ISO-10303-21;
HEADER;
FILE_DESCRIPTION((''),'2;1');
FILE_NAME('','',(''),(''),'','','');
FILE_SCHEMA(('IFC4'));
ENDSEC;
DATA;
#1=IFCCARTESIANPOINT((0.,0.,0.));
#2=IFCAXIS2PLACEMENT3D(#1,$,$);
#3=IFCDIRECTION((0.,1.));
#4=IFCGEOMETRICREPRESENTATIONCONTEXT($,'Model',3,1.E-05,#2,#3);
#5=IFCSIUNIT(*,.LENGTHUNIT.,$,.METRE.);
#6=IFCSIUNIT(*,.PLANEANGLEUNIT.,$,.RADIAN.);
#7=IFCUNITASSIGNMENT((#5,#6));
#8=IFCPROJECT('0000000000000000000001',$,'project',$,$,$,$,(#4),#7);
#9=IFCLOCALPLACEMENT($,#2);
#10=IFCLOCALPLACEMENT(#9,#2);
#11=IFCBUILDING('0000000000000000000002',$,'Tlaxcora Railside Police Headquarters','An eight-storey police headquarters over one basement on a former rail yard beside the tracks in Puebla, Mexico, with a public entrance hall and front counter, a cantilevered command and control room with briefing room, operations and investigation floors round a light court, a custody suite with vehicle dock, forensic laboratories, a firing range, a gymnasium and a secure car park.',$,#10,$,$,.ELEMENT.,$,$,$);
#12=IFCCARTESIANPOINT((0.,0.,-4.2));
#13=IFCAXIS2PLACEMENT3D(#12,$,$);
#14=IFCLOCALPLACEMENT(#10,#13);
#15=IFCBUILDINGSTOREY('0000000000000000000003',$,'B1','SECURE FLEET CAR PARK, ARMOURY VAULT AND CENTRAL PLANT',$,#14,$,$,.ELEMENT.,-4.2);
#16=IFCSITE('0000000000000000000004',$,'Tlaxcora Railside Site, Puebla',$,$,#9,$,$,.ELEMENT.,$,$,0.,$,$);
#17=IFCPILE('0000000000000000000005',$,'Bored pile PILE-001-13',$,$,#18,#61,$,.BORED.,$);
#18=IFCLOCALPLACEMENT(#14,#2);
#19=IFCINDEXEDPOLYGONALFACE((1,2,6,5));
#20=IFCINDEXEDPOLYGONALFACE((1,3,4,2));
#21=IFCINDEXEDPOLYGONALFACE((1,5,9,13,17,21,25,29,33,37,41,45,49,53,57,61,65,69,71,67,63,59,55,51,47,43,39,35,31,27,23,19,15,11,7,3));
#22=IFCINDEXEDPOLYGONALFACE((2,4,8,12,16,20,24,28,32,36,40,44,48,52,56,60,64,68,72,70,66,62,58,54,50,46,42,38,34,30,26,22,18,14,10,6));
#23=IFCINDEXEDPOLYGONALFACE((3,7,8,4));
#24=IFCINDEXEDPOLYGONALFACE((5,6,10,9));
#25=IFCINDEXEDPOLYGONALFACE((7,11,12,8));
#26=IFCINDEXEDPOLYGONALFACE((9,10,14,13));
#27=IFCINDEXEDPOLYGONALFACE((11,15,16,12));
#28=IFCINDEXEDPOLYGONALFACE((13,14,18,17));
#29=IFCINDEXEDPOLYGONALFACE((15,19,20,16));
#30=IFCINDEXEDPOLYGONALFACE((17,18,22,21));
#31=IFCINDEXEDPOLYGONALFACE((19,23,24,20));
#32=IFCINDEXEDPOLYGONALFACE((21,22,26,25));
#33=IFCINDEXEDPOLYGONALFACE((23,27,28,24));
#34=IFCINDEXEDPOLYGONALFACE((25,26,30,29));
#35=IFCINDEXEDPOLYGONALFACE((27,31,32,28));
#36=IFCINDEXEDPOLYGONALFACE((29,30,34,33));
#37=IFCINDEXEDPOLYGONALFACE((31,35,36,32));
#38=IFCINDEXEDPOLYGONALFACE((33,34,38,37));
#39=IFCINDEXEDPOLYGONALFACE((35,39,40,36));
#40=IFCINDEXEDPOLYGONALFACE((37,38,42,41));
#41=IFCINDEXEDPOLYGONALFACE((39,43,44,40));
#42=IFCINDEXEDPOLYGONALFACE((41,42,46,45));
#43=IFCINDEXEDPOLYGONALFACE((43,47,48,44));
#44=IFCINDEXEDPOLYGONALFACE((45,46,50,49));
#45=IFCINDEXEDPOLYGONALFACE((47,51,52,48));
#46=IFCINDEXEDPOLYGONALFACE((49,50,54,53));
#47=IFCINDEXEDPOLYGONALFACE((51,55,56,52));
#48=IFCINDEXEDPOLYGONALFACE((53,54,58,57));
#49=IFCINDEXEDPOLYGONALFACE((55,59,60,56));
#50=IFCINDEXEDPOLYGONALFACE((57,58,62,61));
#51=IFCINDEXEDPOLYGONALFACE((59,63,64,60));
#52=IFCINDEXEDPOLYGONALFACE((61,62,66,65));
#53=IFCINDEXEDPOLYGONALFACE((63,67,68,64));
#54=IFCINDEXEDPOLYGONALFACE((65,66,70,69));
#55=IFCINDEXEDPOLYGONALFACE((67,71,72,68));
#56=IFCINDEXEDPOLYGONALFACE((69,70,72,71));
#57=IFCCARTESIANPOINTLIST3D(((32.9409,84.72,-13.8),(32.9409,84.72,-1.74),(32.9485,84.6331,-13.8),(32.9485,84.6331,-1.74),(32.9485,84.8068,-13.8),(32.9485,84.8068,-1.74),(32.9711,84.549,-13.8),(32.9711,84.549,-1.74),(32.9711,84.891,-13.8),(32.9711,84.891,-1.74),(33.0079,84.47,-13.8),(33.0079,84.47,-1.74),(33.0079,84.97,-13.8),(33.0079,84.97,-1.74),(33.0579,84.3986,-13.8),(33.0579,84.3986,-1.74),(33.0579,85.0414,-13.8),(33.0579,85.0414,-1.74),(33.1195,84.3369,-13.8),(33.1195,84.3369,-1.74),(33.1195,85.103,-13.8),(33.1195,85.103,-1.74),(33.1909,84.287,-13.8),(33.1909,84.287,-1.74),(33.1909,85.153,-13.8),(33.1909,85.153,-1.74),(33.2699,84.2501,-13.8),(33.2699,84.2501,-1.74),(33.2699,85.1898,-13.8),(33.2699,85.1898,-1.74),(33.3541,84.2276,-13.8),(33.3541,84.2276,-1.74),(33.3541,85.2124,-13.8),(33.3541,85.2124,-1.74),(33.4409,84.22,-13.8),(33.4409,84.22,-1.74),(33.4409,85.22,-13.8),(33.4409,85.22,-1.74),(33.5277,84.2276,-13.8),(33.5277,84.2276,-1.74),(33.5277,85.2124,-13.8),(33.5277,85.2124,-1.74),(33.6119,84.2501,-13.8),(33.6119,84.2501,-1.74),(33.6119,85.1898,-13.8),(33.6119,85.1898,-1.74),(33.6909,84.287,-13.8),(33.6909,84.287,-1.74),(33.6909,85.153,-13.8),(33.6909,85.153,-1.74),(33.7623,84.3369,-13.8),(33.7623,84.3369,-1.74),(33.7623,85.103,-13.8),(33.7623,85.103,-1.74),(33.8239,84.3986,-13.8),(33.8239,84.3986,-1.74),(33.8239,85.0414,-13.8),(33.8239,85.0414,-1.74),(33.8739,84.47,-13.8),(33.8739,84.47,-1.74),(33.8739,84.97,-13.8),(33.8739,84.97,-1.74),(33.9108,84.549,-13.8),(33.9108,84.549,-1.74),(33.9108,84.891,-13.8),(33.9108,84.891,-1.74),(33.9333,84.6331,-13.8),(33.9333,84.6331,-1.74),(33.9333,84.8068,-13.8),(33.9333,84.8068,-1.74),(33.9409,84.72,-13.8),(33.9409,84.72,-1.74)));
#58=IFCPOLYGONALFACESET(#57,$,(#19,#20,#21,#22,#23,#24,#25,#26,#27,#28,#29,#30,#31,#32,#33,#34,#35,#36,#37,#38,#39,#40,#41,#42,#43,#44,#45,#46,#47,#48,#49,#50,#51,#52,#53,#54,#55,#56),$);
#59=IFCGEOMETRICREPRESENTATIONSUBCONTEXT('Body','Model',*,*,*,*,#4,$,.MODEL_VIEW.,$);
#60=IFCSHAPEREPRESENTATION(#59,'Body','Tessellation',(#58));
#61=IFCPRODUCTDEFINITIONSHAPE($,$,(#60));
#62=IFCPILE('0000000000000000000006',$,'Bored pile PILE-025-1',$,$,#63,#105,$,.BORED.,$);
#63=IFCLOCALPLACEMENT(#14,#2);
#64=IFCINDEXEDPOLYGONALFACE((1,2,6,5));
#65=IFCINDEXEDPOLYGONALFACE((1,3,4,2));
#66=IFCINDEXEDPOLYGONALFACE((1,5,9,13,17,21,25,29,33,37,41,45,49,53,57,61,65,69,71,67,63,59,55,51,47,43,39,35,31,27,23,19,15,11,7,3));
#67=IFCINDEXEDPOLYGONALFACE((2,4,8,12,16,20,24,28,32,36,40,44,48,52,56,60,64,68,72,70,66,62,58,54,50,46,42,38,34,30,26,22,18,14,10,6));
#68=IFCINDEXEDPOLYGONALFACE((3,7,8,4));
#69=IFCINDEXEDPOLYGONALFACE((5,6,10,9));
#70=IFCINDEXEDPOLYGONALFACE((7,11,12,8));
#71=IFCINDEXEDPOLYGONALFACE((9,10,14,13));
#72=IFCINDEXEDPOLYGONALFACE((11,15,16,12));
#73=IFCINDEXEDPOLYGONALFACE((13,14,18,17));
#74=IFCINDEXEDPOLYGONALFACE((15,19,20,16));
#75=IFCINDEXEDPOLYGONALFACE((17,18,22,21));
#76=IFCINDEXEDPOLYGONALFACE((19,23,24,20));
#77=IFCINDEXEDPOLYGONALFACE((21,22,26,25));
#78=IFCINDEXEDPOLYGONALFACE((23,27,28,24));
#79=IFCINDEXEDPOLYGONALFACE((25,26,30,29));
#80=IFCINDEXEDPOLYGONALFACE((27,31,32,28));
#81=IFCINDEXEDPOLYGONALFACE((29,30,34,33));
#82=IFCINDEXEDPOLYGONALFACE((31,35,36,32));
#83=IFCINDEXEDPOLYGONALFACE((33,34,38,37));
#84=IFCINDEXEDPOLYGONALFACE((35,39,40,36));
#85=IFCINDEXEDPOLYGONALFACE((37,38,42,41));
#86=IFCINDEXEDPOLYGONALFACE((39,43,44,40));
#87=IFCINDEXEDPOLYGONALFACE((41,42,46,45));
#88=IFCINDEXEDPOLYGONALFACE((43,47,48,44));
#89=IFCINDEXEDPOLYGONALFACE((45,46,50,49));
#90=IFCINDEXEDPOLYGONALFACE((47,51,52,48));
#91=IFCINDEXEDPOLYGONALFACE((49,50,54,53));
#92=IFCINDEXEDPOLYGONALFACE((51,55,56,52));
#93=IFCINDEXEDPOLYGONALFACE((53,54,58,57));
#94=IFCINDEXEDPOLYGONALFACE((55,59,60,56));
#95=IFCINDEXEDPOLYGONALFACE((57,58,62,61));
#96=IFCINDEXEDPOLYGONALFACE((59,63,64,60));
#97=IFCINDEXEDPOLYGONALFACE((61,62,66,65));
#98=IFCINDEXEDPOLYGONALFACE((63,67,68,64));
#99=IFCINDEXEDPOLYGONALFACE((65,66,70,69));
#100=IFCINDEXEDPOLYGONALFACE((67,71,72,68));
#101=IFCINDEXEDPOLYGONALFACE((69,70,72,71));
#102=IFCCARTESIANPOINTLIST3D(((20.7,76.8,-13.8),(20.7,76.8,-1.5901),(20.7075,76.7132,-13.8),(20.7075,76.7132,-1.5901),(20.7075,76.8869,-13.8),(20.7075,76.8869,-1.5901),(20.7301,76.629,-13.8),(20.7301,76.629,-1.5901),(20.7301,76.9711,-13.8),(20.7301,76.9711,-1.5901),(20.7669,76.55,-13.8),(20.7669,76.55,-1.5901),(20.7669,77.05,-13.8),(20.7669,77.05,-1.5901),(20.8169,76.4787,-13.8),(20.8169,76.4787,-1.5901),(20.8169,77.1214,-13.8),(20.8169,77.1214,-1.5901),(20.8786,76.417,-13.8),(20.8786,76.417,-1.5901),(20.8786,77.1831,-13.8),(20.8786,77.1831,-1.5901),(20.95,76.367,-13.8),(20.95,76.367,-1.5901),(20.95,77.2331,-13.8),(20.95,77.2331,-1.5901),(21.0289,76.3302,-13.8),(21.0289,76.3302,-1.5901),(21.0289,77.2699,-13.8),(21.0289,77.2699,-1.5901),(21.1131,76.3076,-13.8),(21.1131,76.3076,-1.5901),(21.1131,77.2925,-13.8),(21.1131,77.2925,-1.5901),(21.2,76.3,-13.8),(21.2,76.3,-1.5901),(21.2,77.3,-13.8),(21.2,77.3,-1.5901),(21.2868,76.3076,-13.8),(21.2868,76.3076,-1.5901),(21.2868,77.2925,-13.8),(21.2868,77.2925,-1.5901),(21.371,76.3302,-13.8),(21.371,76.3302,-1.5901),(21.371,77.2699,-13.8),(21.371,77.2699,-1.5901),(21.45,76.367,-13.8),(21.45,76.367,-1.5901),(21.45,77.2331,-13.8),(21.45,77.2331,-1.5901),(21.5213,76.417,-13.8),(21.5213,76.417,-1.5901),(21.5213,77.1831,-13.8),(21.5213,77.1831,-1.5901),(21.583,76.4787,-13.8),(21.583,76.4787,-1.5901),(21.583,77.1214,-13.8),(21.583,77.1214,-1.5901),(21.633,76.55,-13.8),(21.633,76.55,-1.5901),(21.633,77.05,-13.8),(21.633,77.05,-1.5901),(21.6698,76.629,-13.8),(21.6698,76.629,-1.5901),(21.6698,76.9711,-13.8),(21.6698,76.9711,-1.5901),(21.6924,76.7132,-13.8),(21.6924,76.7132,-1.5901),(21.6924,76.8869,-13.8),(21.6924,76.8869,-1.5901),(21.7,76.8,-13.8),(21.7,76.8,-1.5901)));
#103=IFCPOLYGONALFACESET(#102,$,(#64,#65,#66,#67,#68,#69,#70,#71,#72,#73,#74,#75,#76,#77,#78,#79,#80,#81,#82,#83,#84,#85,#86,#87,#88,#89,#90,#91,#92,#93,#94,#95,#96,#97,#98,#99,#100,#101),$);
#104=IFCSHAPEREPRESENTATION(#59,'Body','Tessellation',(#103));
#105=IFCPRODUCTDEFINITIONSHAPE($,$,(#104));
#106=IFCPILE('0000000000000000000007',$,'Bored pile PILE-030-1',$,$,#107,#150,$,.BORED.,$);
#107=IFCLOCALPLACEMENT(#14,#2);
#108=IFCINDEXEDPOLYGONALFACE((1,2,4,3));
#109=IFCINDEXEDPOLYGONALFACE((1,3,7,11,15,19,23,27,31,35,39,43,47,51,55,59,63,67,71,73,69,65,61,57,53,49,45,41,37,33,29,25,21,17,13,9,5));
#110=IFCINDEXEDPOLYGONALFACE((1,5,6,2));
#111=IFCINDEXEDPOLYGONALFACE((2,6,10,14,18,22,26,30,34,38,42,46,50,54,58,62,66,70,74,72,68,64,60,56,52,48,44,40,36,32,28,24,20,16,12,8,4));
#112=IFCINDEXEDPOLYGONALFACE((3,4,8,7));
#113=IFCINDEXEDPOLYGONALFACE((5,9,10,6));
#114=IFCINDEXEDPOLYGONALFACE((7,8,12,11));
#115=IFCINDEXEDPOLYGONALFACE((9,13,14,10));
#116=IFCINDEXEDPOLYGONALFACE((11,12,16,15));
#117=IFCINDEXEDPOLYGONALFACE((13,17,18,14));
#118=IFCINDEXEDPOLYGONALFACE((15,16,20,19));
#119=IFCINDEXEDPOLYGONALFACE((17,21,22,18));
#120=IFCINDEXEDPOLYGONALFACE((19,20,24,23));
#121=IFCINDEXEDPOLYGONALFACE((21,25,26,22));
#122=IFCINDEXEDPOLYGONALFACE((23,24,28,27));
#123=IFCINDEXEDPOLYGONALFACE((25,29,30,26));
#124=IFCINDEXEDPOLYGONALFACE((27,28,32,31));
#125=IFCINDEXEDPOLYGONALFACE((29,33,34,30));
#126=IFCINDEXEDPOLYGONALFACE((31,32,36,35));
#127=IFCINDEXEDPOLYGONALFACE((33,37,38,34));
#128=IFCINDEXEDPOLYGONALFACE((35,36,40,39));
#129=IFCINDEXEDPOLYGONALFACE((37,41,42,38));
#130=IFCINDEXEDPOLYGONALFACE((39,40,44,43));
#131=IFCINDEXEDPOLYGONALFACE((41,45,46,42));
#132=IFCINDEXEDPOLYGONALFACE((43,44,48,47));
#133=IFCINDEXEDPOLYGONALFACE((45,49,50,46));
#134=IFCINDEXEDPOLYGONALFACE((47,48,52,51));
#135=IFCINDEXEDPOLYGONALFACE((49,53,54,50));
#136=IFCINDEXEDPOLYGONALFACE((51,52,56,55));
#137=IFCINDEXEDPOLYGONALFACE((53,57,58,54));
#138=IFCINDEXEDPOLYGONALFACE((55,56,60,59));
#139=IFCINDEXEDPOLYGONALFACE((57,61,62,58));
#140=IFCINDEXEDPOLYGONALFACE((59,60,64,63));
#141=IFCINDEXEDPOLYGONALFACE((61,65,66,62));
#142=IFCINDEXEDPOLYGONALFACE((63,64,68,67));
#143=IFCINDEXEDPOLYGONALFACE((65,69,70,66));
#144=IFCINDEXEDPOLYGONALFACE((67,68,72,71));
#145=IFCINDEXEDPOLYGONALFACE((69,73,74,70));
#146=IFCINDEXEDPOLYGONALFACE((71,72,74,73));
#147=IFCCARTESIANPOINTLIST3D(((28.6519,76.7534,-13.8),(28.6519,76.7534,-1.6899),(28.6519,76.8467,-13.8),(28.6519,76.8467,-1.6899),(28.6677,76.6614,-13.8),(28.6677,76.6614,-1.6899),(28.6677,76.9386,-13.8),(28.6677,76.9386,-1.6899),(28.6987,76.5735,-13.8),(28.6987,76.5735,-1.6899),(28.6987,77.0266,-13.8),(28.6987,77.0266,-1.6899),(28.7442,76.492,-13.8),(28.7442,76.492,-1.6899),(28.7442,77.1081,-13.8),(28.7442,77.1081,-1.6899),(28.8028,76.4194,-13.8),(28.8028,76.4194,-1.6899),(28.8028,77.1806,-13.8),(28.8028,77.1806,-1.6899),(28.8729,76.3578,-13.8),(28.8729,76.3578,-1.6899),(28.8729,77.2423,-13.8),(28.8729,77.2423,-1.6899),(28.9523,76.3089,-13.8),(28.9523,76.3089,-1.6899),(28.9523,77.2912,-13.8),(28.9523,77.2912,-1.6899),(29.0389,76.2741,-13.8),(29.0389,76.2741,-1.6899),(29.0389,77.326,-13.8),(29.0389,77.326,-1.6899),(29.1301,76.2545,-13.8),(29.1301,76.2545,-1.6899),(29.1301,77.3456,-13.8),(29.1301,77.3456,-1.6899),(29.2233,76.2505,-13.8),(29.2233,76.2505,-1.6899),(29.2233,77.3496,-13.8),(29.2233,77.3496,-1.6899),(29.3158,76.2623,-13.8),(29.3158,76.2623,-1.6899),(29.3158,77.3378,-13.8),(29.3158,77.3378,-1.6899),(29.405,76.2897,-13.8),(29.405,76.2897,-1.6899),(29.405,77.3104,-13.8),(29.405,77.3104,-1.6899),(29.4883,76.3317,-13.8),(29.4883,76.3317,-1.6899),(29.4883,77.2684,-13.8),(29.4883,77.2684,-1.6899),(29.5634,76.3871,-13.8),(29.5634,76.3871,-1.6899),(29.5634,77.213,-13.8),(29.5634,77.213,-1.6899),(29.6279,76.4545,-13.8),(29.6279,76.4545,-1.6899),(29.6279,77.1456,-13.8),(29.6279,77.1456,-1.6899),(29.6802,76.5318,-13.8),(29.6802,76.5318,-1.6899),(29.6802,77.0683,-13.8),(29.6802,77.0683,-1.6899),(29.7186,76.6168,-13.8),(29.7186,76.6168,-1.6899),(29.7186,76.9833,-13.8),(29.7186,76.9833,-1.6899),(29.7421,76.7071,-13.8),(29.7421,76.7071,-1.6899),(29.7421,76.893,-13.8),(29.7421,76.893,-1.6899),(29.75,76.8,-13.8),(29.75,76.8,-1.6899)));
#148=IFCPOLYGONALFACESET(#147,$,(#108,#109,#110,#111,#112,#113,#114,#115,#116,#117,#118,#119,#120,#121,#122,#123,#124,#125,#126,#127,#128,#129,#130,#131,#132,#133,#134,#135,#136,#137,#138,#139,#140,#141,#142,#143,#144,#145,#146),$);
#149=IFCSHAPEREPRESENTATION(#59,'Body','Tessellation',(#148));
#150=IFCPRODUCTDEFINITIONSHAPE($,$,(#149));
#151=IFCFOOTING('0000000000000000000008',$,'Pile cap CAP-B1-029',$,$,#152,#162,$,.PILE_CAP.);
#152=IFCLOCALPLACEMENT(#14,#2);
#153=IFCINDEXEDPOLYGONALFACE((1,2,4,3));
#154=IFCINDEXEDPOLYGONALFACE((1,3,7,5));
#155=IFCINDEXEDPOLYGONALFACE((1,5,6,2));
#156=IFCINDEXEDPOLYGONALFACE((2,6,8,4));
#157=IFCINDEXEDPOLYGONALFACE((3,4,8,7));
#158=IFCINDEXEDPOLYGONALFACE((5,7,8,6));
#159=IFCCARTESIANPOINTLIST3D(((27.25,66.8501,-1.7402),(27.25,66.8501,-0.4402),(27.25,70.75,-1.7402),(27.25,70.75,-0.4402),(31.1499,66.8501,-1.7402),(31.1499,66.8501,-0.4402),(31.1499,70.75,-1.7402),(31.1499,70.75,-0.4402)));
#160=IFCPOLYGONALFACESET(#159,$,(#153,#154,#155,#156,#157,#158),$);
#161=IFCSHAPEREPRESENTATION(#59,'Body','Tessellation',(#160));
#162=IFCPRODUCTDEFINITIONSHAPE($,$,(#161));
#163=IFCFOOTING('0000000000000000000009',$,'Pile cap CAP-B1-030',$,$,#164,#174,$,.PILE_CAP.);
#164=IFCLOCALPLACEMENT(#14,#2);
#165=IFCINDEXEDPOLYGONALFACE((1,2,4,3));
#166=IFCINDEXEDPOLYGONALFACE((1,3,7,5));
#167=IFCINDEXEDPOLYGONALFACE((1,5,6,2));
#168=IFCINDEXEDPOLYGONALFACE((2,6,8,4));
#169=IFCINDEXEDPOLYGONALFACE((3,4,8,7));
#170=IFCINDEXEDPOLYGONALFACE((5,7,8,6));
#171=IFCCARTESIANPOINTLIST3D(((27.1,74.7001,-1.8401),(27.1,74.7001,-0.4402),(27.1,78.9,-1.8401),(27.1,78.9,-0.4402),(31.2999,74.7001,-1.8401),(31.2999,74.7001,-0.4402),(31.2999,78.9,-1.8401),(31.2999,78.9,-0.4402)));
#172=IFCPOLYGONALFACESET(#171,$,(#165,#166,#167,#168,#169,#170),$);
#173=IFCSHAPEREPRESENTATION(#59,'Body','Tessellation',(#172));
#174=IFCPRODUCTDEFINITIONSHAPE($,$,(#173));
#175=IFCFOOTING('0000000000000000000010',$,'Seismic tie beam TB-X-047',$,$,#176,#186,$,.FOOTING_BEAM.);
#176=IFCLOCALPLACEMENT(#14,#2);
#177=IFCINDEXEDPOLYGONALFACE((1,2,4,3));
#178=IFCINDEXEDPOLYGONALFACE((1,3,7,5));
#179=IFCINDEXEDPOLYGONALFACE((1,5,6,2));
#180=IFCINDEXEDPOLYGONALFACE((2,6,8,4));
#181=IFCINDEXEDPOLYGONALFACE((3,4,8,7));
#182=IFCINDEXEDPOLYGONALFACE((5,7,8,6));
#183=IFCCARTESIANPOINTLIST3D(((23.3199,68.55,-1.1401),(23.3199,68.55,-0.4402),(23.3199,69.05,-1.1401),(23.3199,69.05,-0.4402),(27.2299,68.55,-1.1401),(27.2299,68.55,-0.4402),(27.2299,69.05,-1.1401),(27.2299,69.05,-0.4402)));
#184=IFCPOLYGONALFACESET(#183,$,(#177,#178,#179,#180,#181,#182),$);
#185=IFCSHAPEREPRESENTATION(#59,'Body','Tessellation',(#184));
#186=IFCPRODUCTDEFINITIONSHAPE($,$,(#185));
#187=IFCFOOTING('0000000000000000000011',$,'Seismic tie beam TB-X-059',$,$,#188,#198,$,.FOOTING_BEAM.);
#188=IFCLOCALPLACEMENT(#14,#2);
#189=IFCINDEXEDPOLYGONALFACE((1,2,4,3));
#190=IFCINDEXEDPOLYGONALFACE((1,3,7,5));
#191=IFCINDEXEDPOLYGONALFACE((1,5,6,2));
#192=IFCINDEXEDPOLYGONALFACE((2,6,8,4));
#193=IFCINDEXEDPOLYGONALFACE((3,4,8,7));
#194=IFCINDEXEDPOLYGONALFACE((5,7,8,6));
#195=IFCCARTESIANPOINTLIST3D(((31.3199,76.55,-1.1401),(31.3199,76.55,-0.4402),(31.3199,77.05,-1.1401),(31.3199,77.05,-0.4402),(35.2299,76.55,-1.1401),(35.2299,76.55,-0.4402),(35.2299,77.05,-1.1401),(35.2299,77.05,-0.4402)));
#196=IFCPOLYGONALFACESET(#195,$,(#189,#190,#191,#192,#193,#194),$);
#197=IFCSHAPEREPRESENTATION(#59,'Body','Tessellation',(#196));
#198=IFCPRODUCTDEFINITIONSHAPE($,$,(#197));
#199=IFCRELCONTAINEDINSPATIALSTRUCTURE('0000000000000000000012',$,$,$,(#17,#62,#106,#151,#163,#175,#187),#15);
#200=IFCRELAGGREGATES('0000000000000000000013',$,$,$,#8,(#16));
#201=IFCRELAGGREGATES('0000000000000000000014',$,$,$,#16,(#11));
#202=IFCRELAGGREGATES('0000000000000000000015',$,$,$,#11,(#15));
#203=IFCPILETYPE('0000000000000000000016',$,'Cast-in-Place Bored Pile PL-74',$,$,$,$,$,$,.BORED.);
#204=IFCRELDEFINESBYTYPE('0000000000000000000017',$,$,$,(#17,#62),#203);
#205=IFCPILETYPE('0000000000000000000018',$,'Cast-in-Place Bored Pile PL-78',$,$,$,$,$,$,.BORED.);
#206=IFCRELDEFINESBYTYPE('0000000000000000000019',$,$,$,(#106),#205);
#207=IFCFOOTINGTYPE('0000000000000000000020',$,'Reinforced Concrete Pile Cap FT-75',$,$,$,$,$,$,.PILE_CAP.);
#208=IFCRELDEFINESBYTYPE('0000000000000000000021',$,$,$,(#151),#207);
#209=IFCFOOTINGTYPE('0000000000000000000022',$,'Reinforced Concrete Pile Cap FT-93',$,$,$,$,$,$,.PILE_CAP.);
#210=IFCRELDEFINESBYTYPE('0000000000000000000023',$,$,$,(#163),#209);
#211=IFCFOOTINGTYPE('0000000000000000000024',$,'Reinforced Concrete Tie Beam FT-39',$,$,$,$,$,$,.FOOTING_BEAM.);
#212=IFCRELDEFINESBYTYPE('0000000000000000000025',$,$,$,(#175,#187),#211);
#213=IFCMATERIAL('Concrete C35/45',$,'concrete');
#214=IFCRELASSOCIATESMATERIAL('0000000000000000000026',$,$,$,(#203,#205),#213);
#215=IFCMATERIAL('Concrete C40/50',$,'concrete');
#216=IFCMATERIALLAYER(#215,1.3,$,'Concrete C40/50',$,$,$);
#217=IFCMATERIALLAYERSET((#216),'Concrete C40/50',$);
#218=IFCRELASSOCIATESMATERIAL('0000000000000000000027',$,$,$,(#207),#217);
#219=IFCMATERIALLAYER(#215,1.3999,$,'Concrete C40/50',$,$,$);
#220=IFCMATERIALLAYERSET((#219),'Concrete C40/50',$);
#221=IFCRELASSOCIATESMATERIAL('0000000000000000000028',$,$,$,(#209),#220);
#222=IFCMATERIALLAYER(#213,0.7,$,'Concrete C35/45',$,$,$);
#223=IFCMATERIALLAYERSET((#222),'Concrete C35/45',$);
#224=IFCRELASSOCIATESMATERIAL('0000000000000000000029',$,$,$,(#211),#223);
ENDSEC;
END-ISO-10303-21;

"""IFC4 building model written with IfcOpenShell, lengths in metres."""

from ifc_helpers import new_model, si_unit, direction, frame, origin, origin_2d, place, context, subcontext, project, spatial, rectangle, circle, extrude, material, layer, layer_set, material_profile, profile_set, type_object, element, save


model = new_model("IFC4")

# Units and contexts
model_context = context("Model", 3, precision=1e-05, world=origin(), true_north=direction((0.0, 1.0)))
body_context = subcontext(model_context, "Body", "Model", "MODEL_VIEW")
ifc_project = project(units=[si_unit("LENGTHUNIT", "METRE"), si_unit("PLANEANGLEUNIT", "RADIAN")], contexts=[model_context])

# Site, building, storey
site_placement = place(None, origin())
site = spatial("IfcSite", under=ifc_project, at=site_placement, Name="Tlaxcora Railside Site, Puebla", CompositionType="ELEMENT", RefElevation=0.0)
building_placement = place(site_placement, origin())
building = spatial("IfcBuilding", under=site, at=building_placement, Name="Tlaxcora Railside Police Headquarters", Description="An eight-storey police headquarters over one basement on a former rail yard beside the tracks in Puebla, Mexico, with a public entrance hall and front counter, a cantilevered command and control room with briefing room, operations and investigation floors round a light court, a custody suite with vehicle dock, forensic laboratories, a firing range, a gymnasium and a secure car park.", CompositionType="ELEMENT")
storey_placement = place(building_placement, frame((0.0, 0.0, -4.2)))
storey = spatial("IfcBuildingStorey", under=building, at=storey_placement, Name="B1", Description="SECURE FLEET CAR PARK, ARMOURY VAULT AND CENTRAL PLANT", CompositionType="ELEMENT", Elevation=-4.2)

# Piles
ifc_material_1 = material(Name="Concrete C35/45", Category="concrete")
ifc_material_profile_1 = material_profile(ifc_material_1, circle(Radius=0.5, at=origin_2d()), Name="PILE1000")
ifc_profile_set_1 = profile_set([ifc_material_profile_1], Name="Concrete C35/45")
pile_type_1 = type_object("IfcPileType", Name="Cast-in-Place Bored Pile PL-74", PredefinedType="BORED", material=ifc_profile_set_1)
for number, where, z_axis, x_axis, name in (
    (1, (33.4409, 84.72, -1.74), (0.0, 0.0, -1.0), (1.0, 0.0, 0.0), "Bored pile PILE-001-13"),
):
    element("IfcPile", number, at=place(storey_placement, frame(where, z_axis=z_axis, x_axis=x_axis)), inside=storey, type_object=pile_type_1, Name=name, PredefinedType="BORED", context=body_context, shape_type="SweptSolid", body=[
        extrude(circle(Radius=0.5, at=origin_2d()), origin(), (0.0, 0.0, 1.0), 12.0601),
    ])
pile_1_placement = place(storey_placement, frame((21.2, 76.8, -1.5901), z_axis=(0.0, 0.0, -1.0), x_axis=(1.0, 0.0, 0.0)))
element("IfcPile", 2, at=pile_1_placement, inside=storey, type_object=pile_type_1, Name="Bored pile PILE-025-1", PredefinedType="BORED", context=body_context, shape_type="SweptSolid", body=[
    extrude(circle(Radius=0.5, at=origin_2d()), origin(), (0.0, 0.0, 1.0), 12.21),
])
ifc_material_profile_2 = material_profile(ifc_material_1, circle(Radius=0.55, at=origin_2d()), Name="PILE1100")
ifc_profile_set_2 = profile_set([ifc_material_profile_2], Name="Concrete C35/45")
pile_type_2 = type_object("IfcPileType", Name="Cast-in-Place Bored Pile PL-78", PredefinedType="BORED", material=ifc_profile_set_2)
pile_2_placement = place(storey_placement, frame((29.2, 76.8, -1.6899), z_axis=(0.0, 0.0, -1.0), x_axis=(1.0, 0.0, 0.0)))
element("IfcPile", 3, at=pile_2_placement, inside=storey, type_object=pile_type_2, Name="Bored pile PILE-030-1", PredefinedType="BORED", context=body_context, shape_type="SweptSolid", body=[
    extrude(circle(Radius=0.55, at=origin_2d()), origin(), (0.0, 0.0, 1.0), 12.1101),
])

# Footings
ifc_material_2 = material(Name="Concrete C40/50", Category="concrete")
ifc_layer_1 = layer(ifc_material_2, 1.3, Name="Concrete C40/50")
ifc_layer_set_1 = layer_set([ifc_layer_1], Name="Concrete C40/50")
footing_type_1 = type_object("IfcFootingType", Name="Reinforced Concrete Pile Cap FT-75", PredefinedType="PILE_CAP", material=ifc_layer_set_1)
footing_1_placement = place(storey_placement, frame((29.2, 68.8, -1.7402), z_axis=(0.0, 0.0, 1.0), x_axis=(1.0, 0.0, 0.0)))
element("IfcFooting", 4, at=footing_1_placement, inside=storey, type_object=footing_type_1, Name="Pile cap CAP-B1-029", PredefinedType="PILE_CAP", context=body_context, shape_type="SweptSolid", body=[
    extrude(rectangle(XDim=3.8999, YDim=3.8999, at=origin_2d()), origin(), (0.0, 0.0, 1.0), 1.3),
])
ifc_layer_2 = layer(ifc_material_2, 1.3999, Name="Concrete C40/50")
ifc_layer_set_2 = layer_set([ifc_layer_2], Name="Concrete C40/50")
footing_type_2 = type_object("IfcFootingType", Name="Reinforced Concrete Pile Cap FT-93", PredefinedType="PILE_CAP", material=ifc_layer_set_2)
footing_2_placement = place(storey_placement, frame((29.2, 76.8, -1.8401), z_axis=(0.0, 0.0, 1.0), x_axis=(1.0, 0.0, 0.0)))
element("IfcFooting", 5, at=footing_2_placement, inside=storey, type_object=footing_type_2, Name="Pile cap CAP-B1-030", PredefinedType="PILE_CAP", context=body_context, shape_type="SweptSolid", body=[
    extrude(rectangle(XDim=4.2, YDim=4.2, at=origin_2d()), origin(), (0.0, 0.0, 1.0), 1.3999),
])
ifc_layer_3 = layer(ifc_material_1, 0.7, Name="Concrete C35/45")
ifc_layer_set_3 = layer_set([ifc_layer_3], Name="Concrete C35/45")
footing_type_3 = type_object("IfcFootingType", Name="Reinforced Concrete Tie Beam FT-39", PredefinedType="FOOTING_BEAM", material=ifc_layer_set_3)
for number, where, z_axis, x_axis, name in (
    (6, (25.2749, 68.8, -1.1401), (0.0, 0.0, 1.0), (1.0, 0.0, 0.0), "Seismic tie beam TB-X-047"),
    (7, (33.2749, 76.8, -1.1401), (0.0, 0.0, 1.0), (1.0, 0.0, 0.0), "Seismic tie beam TB-X-059"),
):
    element("IfcFooting", number, at=place(storey_placement, frame(where, z_axis=z_axis, x_axis=x_axis)), inside=storey, type_object=footing_type_3, Name=name, PredefinedType="FOOTING_BEAM", context=body_context, shape_type="SweptSolid", body=[
        extrude(rectangle(XDim=3.9099, YDim=0.5, at=origin_2d()), origin(), (0.0, 0.0, 1.0), 0.7),
    ])

save(model, "model.ifc")
